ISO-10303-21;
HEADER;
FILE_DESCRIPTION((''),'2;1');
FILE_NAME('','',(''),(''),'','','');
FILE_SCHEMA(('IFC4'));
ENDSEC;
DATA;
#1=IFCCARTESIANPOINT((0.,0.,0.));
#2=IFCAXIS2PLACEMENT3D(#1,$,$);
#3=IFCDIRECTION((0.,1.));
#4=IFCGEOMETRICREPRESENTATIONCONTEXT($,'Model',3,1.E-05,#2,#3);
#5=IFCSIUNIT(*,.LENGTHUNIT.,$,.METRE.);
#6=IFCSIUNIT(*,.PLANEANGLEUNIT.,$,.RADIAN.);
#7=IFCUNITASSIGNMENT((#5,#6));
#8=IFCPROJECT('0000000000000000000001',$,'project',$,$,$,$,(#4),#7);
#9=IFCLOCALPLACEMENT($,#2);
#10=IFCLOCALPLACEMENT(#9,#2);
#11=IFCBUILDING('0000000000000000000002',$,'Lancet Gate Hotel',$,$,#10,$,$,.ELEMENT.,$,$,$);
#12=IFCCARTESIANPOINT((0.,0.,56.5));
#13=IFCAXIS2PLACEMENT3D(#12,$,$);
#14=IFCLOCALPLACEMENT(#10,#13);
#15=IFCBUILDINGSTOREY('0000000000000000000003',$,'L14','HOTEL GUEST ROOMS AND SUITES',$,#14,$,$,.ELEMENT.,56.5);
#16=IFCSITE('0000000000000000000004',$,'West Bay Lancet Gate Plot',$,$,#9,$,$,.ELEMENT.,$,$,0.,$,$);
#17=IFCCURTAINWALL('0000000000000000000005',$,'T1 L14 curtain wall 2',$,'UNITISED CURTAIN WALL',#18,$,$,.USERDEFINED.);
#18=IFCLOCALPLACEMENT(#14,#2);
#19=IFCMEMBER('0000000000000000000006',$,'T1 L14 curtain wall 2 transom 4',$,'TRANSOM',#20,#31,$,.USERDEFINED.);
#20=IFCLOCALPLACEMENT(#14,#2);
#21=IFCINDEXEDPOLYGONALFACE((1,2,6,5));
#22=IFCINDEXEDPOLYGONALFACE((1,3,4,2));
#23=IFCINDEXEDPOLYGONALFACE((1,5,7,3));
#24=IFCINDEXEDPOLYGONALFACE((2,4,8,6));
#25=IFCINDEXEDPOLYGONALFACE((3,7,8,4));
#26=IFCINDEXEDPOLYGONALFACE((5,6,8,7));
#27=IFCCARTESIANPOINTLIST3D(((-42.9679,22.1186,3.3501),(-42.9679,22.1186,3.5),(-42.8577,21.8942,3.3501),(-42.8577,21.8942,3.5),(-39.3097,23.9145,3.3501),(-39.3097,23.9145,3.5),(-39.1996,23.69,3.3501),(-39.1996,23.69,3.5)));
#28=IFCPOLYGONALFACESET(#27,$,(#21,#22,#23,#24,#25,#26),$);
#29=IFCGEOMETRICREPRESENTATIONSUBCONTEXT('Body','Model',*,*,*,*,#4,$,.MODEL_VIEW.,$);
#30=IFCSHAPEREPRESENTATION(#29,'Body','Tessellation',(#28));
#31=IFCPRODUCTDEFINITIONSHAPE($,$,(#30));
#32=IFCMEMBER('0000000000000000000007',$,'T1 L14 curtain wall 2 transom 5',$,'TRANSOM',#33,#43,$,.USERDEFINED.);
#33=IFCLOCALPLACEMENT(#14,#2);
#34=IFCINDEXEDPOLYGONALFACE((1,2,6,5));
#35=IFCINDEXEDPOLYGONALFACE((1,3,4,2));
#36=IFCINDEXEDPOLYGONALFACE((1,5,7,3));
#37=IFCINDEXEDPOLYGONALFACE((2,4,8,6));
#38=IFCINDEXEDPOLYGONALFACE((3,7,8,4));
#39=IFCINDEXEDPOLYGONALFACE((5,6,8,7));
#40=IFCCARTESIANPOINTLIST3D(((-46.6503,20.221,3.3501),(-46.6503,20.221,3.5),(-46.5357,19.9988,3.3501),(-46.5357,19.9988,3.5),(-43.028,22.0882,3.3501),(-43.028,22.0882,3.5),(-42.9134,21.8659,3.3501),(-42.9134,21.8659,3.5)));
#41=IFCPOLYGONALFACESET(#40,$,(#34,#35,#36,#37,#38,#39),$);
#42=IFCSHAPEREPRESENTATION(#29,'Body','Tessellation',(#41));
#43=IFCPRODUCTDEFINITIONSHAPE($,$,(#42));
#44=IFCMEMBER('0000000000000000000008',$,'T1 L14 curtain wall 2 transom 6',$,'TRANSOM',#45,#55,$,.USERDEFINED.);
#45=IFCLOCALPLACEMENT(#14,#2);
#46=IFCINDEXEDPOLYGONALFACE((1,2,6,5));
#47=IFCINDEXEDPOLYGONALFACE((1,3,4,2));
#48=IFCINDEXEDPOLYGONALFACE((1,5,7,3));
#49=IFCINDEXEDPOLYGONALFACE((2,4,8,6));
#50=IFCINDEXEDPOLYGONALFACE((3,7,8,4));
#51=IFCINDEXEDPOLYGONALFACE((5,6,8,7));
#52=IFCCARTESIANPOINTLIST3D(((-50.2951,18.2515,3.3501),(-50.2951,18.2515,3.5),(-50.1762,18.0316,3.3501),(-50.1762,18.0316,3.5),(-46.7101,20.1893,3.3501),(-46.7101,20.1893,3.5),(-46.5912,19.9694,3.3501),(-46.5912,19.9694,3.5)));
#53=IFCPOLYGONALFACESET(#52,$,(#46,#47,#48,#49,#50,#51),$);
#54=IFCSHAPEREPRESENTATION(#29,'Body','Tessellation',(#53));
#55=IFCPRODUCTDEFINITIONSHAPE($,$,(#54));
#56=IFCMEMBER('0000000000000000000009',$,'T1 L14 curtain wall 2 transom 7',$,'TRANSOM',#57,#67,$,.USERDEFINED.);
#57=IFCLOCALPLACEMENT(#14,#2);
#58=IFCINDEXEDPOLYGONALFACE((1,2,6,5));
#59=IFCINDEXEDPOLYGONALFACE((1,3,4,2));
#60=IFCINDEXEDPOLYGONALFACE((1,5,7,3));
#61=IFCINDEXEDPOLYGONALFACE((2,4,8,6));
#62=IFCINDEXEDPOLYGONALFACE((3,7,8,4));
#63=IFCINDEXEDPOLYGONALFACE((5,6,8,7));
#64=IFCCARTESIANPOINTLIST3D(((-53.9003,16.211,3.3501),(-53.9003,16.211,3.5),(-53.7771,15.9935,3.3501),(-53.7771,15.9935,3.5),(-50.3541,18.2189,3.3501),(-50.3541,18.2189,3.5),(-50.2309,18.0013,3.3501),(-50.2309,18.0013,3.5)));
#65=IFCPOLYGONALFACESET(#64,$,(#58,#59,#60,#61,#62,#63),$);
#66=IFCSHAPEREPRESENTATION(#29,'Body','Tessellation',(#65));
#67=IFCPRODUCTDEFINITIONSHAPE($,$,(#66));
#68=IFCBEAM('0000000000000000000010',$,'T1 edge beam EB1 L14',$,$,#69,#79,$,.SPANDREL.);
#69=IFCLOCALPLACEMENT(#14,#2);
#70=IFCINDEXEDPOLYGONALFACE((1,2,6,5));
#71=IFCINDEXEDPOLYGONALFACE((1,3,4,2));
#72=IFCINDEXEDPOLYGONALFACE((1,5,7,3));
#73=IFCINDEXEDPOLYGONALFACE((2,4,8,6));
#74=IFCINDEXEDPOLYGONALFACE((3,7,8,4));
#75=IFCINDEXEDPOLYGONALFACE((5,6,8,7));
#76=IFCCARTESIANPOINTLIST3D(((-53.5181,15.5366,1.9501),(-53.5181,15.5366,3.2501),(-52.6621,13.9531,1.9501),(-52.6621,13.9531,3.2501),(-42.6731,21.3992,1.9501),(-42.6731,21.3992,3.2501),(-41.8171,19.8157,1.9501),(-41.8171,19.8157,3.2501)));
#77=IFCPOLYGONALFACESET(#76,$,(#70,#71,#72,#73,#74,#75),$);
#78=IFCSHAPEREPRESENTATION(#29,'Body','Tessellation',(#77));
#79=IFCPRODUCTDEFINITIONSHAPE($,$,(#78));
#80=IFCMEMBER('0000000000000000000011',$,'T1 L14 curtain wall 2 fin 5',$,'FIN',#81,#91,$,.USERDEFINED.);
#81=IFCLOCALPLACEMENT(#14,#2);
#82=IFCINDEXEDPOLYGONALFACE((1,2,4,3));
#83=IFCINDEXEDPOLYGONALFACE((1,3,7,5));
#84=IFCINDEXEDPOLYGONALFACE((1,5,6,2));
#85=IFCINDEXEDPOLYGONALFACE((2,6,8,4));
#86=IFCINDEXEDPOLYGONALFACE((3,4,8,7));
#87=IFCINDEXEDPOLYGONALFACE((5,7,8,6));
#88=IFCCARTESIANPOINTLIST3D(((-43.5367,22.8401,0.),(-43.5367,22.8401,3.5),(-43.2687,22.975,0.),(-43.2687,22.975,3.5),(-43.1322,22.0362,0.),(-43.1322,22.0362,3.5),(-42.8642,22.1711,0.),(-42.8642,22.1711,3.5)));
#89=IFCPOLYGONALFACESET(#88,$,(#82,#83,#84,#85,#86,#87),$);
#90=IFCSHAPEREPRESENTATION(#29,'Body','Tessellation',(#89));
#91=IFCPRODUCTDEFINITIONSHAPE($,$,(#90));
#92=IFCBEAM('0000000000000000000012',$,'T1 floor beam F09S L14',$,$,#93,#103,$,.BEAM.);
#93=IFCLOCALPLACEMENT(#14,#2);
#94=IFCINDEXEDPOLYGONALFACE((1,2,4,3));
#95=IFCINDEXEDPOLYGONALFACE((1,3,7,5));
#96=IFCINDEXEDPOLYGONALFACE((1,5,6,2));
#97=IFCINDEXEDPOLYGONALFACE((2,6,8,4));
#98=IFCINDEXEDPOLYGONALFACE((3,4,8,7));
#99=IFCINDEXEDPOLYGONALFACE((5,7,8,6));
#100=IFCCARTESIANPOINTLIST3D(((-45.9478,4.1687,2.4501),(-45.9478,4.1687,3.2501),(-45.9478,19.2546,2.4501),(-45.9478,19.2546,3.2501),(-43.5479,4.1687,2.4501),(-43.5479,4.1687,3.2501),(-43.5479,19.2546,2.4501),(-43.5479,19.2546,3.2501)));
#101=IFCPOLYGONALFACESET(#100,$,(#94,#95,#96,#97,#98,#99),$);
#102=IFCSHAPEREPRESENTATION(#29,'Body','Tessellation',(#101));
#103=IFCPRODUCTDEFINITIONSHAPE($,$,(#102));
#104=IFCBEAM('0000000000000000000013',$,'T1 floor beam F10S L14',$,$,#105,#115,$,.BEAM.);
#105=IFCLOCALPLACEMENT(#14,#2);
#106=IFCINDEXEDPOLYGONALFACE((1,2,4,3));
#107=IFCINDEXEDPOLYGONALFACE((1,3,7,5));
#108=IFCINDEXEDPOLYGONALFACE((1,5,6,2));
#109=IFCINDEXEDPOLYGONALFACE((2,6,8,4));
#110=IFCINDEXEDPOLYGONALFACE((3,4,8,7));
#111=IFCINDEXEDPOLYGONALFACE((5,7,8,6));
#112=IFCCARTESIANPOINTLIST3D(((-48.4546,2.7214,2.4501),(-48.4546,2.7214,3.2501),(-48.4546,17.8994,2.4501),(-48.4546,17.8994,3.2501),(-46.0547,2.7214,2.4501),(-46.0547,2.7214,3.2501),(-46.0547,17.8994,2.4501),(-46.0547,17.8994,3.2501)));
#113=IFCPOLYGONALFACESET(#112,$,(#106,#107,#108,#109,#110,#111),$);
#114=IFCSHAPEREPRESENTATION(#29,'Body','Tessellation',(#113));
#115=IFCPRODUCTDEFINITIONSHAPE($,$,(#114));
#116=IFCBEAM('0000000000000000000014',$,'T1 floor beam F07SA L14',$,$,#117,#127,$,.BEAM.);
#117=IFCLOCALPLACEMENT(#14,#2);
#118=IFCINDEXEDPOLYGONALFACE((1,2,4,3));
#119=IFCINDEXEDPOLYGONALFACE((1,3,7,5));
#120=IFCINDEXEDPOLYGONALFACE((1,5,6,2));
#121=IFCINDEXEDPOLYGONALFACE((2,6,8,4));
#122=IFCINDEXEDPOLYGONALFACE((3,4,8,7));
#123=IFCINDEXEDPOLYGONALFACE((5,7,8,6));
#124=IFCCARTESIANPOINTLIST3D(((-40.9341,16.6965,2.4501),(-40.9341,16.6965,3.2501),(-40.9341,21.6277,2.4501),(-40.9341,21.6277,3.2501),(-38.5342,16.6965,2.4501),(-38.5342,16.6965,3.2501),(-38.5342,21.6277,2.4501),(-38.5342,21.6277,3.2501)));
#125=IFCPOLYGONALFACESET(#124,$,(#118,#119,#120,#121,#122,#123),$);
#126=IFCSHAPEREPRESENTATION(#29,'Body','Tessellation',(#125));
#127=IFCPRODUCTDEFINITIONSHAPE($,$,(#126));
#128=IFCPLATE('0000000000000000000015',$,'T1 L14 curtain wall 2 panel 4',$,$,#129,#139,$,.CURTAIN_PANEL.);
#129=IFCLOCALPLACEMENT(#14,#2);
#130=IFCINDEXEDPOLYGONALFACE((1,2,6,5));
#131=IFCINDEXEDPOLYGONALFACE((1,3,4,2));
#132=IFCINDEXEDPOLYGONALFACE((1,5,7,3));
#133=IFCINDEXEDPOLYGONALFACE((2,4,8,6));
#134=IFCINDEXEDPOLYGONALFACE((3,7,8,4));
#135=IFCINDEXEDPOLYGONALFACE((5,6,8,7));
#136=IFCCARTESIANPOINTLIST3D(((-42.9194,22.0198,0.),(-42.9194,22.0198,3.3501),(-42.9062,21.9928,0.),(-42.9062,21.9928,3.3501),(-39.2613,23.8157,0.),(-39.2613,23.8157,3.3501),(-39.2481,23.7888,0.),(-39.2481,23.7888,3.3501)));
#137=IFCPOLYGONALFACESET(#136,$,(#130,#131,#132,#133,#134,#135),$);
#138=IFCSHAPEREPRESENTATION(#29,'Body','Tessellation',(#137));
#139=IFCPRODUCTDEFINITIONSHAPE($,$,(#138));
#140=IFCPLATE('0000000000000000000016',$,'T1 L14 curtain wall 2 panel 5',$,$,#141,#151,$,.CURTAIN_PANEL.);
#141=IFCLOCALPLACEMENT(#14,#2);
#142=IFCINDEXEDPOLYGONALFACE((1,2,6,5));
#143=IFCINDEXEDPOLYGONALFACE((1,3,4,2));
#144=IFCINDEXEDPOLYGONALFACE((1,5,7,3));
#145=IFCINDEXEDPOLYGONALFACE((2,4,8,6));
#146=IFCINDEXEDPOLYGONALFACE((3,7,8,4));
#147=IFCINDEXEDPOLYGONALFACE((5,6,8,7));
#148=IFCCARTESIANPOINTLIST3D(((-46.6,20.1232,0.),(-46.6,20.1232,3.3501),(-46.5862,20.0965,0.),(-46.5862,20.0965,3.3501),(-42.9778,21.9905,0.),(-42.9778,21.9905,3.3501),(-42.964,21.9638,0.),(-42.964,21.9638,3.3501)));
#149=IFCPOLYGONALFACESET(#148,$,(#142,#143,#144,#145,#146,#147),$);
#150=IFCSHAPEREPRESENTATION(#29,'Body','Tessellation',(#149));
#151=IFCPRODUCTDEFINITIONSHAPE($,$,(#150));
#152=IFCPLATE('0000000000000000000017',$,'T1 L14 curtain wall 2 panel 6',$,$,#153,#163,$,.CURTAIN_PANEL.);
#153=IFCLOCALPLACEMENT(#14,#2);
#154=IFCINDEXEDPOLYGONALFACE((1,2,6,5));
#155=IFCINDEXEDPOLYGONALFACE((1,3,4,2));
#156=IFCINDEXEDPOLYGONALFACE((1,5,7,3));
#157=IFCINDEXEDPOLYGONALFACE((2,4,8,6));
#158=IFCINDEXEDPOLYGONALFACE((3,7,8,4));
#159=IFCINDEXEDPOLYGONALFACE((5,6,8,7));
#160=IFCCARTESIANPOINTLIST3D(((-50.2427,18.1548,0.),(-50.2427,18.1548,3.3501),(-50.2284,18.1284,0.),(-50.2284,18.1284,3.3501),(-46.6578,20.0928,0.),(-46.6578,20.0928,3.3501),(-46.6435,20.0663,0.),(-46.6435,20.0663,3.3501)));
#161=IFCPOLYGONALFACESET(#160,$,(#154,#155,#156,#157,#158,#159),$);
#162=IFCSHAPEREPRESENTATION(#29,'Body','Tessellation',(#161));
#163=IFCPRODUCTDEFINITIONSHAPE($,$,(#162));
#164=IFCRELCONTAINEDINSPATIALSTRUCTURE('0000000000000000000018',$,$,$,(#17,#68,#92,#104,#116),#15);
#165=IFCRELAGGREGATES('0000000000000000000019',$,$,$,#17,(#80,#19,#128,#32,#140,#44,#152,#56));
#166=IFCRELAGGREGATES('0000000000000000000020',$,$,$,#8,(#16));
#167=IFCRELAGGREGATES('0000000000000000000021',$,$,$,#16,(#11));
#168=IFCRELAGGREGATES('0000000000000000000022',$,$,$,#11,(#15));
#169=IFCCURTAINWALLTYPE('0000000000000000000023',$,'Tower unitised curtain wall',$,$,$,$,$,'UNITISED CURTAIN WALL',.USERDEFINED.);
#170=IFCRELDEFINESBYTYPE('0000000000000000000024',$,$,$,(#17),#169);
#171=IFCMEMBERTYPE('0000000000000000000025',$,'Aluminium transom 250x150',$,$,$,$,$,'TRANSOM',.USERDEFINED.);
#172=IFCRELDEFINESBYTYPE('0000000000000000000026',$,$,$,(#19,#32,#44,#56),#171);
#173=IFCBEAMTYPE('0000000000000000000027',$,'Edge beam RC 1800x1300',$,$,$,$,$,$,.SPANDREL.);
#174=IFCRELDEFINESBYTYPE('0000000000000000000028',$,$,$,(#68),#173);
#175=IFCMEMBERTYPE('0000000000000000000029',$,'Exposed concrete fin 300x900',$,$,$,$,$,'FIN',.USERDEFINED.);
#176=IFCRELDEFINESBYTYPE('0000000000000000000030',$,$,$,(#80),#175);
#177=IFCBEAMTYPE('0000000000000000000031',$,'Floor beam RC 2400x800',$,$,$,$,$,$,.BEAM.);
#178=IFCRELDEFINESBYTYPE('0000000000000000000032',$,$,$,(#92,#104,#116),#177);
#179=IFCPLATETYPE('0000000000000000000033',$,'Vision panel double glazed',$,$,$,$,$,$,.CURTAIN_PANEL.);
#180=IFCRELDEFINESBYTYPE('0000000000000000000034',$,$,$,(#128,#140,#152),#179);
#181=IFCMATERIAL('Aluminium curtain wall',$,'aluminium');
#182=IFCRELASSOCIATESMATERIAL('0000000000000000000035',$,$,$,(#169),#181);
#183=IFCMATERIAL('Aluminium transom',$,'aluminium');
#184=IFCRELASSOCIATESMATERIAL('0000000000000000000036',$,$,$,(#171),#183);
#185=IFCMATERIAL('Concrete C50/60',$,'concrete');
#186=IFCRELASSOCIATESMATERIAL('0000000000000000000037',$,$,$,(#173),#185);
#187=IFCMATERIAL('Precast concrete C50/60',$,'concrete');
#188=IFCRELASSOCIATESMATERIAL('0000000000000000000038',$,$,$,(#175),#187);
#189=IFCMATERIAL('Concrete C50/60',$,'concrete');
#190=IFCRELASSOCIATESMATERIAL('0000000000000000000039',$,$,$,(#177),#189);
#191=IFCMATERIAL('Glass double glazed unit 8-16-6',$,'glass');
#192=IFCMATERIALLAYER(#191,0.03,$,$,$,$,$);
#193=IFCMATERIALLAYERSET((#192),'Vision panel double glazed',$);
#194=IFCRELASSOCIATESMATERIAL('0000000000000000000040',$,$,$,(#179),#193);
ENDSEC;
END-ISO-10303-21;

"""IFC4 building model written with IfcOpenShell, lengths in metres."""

from ifc_helpers import new_model, si_unit, direction, frame, origin, origin_2d, place, context, subcontext, project, spatial, rectangle, extrude, material, layer, layer_set, material_profile, profile_set, type_object, element, aggregate, save


model = new_model("IFC4")

# Units and contexts
model_context = context("Model", 3, precision=1e-05, world=origin(), true_north=direction((0.0, 1.0)))
body_context = subcontext(model_context, "Body", "Model", "MODEL_VIEW")
ifc_project = project(units=[si_unit("LENGTHUNIT", "METRE"), si_unit("PLANEANGLEUNIT", "RADIAN")], contexts=[model_context])

# Site, building, storey
site_placement = place(None, origin())
site = spatial("IfcSite", under=ifc_project, at=site_placement, Name="West Bay Lancet Gate Plot", CompositionType="ELEMENT", RefElevation=0.0)
building_placement = place(site_placement, origin())
building = spatial("IfcBuilding", under=site, at=building_placement, Name="Lancet Gate Hotel", CompositionType="ELEMENT")
storey_placement = place(building_placement, frame((0.0, 0.0, 56.5)))
storey = spatial("IfcBuildingStorey", under=building, at=storey_placement, Name="L14", Description="HOTEL GUEST ROOMS AND SUITES", CompositionType="ELEMENT", Elevation=56.5)

# Curtain wall, members
ifc_material_1 = material(Name="Aluminium curtain wall", Category="aluminium")
curtain_wall_type = type_object("IfcCurtainWallType", Name="Tower unitised curtain wall", ElementType="UNITISED CURTAIN WALL", PredefinedType="USERDEFINED", material=ifc_material_1)
curtain_wall_placement = place(storey_placement, origin())
curtain_wall = element("IfcCurtainWall", 1, at=curtain_wall_placement, inside=storey, type_object=curtain_wall_type, Name="T1 L14 curtain wall 2", ObjectType="UNITISED CURTAIN WALL", PredefinedType="USERDEFINED")
ifc_material_2 = material(Name="Aluminium transom", Category="aluminium")
ifc_material_profile_1 = material_profile(ifc_material_2, rectangle(XDim=0.25, YDim=0.1499, at=origin_2d()), Name="TRANSOM 250x150")
ifc_profile_set_1 = profile_set([ifc_material_profile_1], Name="Aluminium transom")
member_type_1 = type_object("IfcMemberType", Name="Aluminium transom 250x150", ElementType="TRANSOM", PredefinedType="USERDEFINED", material=ifc_profile_set_1)
member_1_placement = place(storey_placement, frame((-39.2546, 23.8022, 3.425), z_axis=(-0.897662, -0.440684, 0.0), x_axis=(0.440684, -0.897662, 0.0)))
member_1 = element("IfcMember", 2, at=member_1_placement, type_object=member_type_1, Name="T1 L14 curtain wall 2 transom 4", ObjectType="TRANSOM", PredefinedType="USERDEFINED", context=body_context, shape_type="SweptSolid", body=[
    extrude(rectangle(XDim=0.25, YDim=0.1499, at=origin_2d()), origin(), (0.0, 0.0, 1.0), 4.0752),
])
member_2_placement = place(storey_placement, frame((-42.9707, 21.9771, 3.425), z_axis=(-0.88886, -0.458179, 0.0), x_axis=(0.458179, -0.88886, 0.0)))
member_2 = element("IfcMember", 3, at=member_2_placement, type_object=member_type_1, Name="T1 L14 curtain wall 2 transom 5", ObjectType="TRANSOM", PredefinedType="USERDEFINED", context=body_context, shape_type="SweptSolid", body=[
    extrude(rectangle(XDim=0.25, YDim=0.1499, at=origin_2d()), origin(), (0.0, 0.0, 1.0), 4.0752),
])
member_3_placement = place(storey_placement, frame((-46.6506, 20.0793, 3.425), z_axis=(-0.879714, -0.475503, 0.0), x_axis=(0.475503, -0.879714, 0.0)))
member_3 = element("IfcMember", 4, at=member_3_placement, type_object=member_type_1, Name="T1 L14 curtain wall 2 transom 6", ObjectType="TRANSOM", PredefinedType="USERDEFINED", context=body_context, shape_type="SweptSolid", body=[
    extrude(rectangle(XDim=0.25, YDim=0.1499, at=origin_2d()), origin(), (0.0, 0.0, 1.0), 4.0752),
])
member_4_placement = place(storey_placement, frame((-50.2925, 18.1101, 3.425), z_axis=(-0.870198, -0.492703, 0.0), x_axis=(0.492703, -0.870198, 0.0)))
member_4 = element("IfcMember", 5, at=member_4_placement, type_object=member_type_1, Name="T1 L14 curtain wall 2 transom 7", ObjectType="TRANSOM", PredefinedType="USERDEFINED", context=body_context, shape_type="SweptSolid", body=[
    extrude(rectangle(XDim=0.25, YDim=0.1499, at=origin_2d()), origin(), (0.0, 0.0, 1.0), 4.0752),
])

# Beam
ifc_material_3 = material(Name="Concrete C50/60", Category="concrete")
ifc_material_profile_2 = material_profile(ifc_material_3, rectangle(XDim=1.8, YDim=1.3, at=origin_2d()), Name="RC 1800x1300")
ifc_profile_set_2 = profile_set([ifc_material_profile_2], Name="Concrete C50/60")
beam_type_1 = type_object("IfcBeamType", Name="Edge beam RC 1800x1300", PredefinedType="SPANDREL", material=ifc_profile_set_2)
beam_1_placement = place(storey_placement, frame((-42.2451, 20.6074, 2.6001), z_axis=(-0.879693, -0.475542, 0.0), x_axis=(0.475542, -0.879693, 0.0)))
element("IfcBeam", 6, at=beam_1_placement, inside=storey, type_object=beam_type_1, Name="T1 edge beam EB1 L14", PredefinedType="SPANDREL", context=body_context, shape_type="SweptSolid", body=[
    extrude(rectangle(XDim=1.8, YDim=1.3, at=origin_2d()), origin(), (0.0, 0.0, 1.0), 12.3281),
])

# Member
ifc_material_4 = material(Name="Precast concrete C50/60", Category="concrete")
ifc_material_profile_3 = material_profile(ifc_material_4, rectangle(XDim=0.3, YDim=0.8999, at=origin_2d()), Name="FIN 300x900")
ifc_profile_set_3 = profile_set([ifc_material_profile_3], Name="Precast concrete C50/60")
member_type_2 = type_object("IfcMemberType", Name="Exposed concrete fin 300x900", ElementType="FIN", PredefinedType="USERDEFINED", material=ifc_profile_set_3)
member_5_placement = place(storey_placement, frame((-43.2004, 22.5056, 0.0), z_axis=(0.0, 0.0, 1.0), x_axis=(-0.893292, -0.449478, 0.0)))
member_5 = element("IfcMember", 7, at=member_5_placement, type_object=member_type_2, Name="T1 L14 curtain wall 2 fin 5", ObjectType="FIN", PredefinedType="USERDEFINED", context=body_context, shape_type="SweptSolid", body=[
    extrude(rectangle(XDim=0.3, YDim=0.8999, at=origin_2d()), origin(), (0.0, 0.0, 1.0), 3.5),
])

# Beams
ifc_material_5 = material(Name="Concrete C50/60", Category="concrete")
ifc_material_profile_4 = material_profile(ifc_material_5, rectangle(XDim=2.3999, YDim=0.8, at=origin_2d()), Name="RC 2400x800")
ifc_profile_set_4 = profile_set([ifc_material_profile_4], Name="Concrete C50/60")
beam_type_2 = type_object("IfcBeamType", Name="Floor beam RC 2400x800", PredefinedType="BEAM", material=ifc_profile_set_4)
beam_2_placement = place(storey_placement, frame((-44.7478, 19.2546, 2.8501), z_axis=(0.0, -1.0, 0.0), x_axis=(1.0, 0.0, 0.0)))
element("IfcBeam", 8, at=beam_2_placement, inside=storey, type_object=beam_type_2, Name="T1 floor beam F09S L14", PredefinedType="BEAM", context=body_context, shape_type="SweptSolid", body=[
    extrude(rectangle(XDim=2.3999, YDim=0.8, at=origin_2d()), origin(), (0.0, 0.0, 1.0), 15.0859),
])
beam_3_placement = place(storey_placement, frame((-47.2546, 17.8994, 2.8501), z_axis=(0.0, -1.0, 0.0), x_axis=(1.0, 0.0, 0.0)))
element("IfcBeam", 9, at=beam_3_placement, inside=storey, type_object=beam_type_2, Name="T1 floor beam F10S L14", PredefinedType="BEAM", context=body_context, shape_type="SweptSolid", body=[
    extrude(rectangle(XDim=2.3999, YDim=0.8, at=origin_2d()), origin(), (0.0, 0.0, 1.0), 15.178),
])
beam_4_placement = place(storey_placement, frame((-39.7341, 21.6277, 2.8501), z_axis=(0.0, -1.0, 0.0), x_axis=(1.0, 0.0, 0.0)))
element("IfcBeam", 10, at=beam_4_placement, inside=storey, type_object=beam_type_2, Name="T1 floor beam F07SA L14", PredefinedType="BEAM", context=body_context, shape_type="SweptSolid", body=[
    extrude(rectangle(XDim=2.3999, YDim=0.8, at=origin_2d()), origin(), (0.0, 0.0, 1.0), 4.9312),
])

# Plates
ifc_material_6 = material(Name="Glass double glazed unit 8-16-6", Category="glass")
ifc_layer = layer(ifc_material_6, 0.03)
ifc_layer_set = layer_set([ifc_layer], Name="Vision panel double glazed")
plate_type = type_object("IfcPlateType", Name="Vision panel double glazed", PredefinedType="CURTAIN_PANEL", material=ifc_layer_set)
plate_1_placement = place(storey_placement, frame((-41.0837, 22.9043, 0.0), z_axis=(0.0, 0.0, 1.0), x_axis=(-0.897653, -0.440702, 0.0)))
plate_1 = element("IfcPlate", 11, at=plate_1_placement, type_object=plate_type, Name="T1 L14 curtain wall 2 panel 4", PredefinedType="CURTAIN_PANEL", context=body_context, shape_type="SweptSolid", body=[
    extrude(rectangle(XDim=4.0752, YDim=0.03, at=origin_2d()), origin(), (0.0, 0.0, 1.0), 3.3501),
])
plate_2_placement = place(storey_placement, frame((-44.782, 21.0435, 0.0), z_axis=(0.0, 0.0, 1.0), x_axis=(-0.888844, -0.45821, 0.0)))
plate_2 = element("IfcPlate", 12, at=plate_2_placement, type_object=plate_type, Name="T1 L14 curtain wall 2 panel 5", PredefinedType="CURTAIN_PANEL", context=body_context, shape_type="SweptSolid", body=[
    extrude(rectangle(XDim=4.0752, YDim=0.03, at=origin_2d()), origin(), (0.0, 0.0, 1.0), 3.3501),
])
plate_3_placement = place(storey_placement, frame((-48.4431, 19.1106, 0.0), z_axis=(0.0, 0.0, 1.0), x_axis=(-0.879693, -0.475541, 0.0)))
plate_3 = element("IfcPlate", 13, at=plate_3_placement, type_object=plate_type, Name="T1 L14 curtain wall 2 panel 6", PredefinedType="CURTAIN_PANEL", context=body_context, shape_type="SweptSolid", body=[
    extrude(rectangle(XDim=4.0752, YDim=0.03, at=origin_2d()), origin(), (0.0, 0.0, 1.0), 3.3501),
])
aggregate(curtain_wall, [member_5, member_1, plate_1, member_2, plate_2, member_3, plate_3, member_4])

save(model, "model.ifc")
